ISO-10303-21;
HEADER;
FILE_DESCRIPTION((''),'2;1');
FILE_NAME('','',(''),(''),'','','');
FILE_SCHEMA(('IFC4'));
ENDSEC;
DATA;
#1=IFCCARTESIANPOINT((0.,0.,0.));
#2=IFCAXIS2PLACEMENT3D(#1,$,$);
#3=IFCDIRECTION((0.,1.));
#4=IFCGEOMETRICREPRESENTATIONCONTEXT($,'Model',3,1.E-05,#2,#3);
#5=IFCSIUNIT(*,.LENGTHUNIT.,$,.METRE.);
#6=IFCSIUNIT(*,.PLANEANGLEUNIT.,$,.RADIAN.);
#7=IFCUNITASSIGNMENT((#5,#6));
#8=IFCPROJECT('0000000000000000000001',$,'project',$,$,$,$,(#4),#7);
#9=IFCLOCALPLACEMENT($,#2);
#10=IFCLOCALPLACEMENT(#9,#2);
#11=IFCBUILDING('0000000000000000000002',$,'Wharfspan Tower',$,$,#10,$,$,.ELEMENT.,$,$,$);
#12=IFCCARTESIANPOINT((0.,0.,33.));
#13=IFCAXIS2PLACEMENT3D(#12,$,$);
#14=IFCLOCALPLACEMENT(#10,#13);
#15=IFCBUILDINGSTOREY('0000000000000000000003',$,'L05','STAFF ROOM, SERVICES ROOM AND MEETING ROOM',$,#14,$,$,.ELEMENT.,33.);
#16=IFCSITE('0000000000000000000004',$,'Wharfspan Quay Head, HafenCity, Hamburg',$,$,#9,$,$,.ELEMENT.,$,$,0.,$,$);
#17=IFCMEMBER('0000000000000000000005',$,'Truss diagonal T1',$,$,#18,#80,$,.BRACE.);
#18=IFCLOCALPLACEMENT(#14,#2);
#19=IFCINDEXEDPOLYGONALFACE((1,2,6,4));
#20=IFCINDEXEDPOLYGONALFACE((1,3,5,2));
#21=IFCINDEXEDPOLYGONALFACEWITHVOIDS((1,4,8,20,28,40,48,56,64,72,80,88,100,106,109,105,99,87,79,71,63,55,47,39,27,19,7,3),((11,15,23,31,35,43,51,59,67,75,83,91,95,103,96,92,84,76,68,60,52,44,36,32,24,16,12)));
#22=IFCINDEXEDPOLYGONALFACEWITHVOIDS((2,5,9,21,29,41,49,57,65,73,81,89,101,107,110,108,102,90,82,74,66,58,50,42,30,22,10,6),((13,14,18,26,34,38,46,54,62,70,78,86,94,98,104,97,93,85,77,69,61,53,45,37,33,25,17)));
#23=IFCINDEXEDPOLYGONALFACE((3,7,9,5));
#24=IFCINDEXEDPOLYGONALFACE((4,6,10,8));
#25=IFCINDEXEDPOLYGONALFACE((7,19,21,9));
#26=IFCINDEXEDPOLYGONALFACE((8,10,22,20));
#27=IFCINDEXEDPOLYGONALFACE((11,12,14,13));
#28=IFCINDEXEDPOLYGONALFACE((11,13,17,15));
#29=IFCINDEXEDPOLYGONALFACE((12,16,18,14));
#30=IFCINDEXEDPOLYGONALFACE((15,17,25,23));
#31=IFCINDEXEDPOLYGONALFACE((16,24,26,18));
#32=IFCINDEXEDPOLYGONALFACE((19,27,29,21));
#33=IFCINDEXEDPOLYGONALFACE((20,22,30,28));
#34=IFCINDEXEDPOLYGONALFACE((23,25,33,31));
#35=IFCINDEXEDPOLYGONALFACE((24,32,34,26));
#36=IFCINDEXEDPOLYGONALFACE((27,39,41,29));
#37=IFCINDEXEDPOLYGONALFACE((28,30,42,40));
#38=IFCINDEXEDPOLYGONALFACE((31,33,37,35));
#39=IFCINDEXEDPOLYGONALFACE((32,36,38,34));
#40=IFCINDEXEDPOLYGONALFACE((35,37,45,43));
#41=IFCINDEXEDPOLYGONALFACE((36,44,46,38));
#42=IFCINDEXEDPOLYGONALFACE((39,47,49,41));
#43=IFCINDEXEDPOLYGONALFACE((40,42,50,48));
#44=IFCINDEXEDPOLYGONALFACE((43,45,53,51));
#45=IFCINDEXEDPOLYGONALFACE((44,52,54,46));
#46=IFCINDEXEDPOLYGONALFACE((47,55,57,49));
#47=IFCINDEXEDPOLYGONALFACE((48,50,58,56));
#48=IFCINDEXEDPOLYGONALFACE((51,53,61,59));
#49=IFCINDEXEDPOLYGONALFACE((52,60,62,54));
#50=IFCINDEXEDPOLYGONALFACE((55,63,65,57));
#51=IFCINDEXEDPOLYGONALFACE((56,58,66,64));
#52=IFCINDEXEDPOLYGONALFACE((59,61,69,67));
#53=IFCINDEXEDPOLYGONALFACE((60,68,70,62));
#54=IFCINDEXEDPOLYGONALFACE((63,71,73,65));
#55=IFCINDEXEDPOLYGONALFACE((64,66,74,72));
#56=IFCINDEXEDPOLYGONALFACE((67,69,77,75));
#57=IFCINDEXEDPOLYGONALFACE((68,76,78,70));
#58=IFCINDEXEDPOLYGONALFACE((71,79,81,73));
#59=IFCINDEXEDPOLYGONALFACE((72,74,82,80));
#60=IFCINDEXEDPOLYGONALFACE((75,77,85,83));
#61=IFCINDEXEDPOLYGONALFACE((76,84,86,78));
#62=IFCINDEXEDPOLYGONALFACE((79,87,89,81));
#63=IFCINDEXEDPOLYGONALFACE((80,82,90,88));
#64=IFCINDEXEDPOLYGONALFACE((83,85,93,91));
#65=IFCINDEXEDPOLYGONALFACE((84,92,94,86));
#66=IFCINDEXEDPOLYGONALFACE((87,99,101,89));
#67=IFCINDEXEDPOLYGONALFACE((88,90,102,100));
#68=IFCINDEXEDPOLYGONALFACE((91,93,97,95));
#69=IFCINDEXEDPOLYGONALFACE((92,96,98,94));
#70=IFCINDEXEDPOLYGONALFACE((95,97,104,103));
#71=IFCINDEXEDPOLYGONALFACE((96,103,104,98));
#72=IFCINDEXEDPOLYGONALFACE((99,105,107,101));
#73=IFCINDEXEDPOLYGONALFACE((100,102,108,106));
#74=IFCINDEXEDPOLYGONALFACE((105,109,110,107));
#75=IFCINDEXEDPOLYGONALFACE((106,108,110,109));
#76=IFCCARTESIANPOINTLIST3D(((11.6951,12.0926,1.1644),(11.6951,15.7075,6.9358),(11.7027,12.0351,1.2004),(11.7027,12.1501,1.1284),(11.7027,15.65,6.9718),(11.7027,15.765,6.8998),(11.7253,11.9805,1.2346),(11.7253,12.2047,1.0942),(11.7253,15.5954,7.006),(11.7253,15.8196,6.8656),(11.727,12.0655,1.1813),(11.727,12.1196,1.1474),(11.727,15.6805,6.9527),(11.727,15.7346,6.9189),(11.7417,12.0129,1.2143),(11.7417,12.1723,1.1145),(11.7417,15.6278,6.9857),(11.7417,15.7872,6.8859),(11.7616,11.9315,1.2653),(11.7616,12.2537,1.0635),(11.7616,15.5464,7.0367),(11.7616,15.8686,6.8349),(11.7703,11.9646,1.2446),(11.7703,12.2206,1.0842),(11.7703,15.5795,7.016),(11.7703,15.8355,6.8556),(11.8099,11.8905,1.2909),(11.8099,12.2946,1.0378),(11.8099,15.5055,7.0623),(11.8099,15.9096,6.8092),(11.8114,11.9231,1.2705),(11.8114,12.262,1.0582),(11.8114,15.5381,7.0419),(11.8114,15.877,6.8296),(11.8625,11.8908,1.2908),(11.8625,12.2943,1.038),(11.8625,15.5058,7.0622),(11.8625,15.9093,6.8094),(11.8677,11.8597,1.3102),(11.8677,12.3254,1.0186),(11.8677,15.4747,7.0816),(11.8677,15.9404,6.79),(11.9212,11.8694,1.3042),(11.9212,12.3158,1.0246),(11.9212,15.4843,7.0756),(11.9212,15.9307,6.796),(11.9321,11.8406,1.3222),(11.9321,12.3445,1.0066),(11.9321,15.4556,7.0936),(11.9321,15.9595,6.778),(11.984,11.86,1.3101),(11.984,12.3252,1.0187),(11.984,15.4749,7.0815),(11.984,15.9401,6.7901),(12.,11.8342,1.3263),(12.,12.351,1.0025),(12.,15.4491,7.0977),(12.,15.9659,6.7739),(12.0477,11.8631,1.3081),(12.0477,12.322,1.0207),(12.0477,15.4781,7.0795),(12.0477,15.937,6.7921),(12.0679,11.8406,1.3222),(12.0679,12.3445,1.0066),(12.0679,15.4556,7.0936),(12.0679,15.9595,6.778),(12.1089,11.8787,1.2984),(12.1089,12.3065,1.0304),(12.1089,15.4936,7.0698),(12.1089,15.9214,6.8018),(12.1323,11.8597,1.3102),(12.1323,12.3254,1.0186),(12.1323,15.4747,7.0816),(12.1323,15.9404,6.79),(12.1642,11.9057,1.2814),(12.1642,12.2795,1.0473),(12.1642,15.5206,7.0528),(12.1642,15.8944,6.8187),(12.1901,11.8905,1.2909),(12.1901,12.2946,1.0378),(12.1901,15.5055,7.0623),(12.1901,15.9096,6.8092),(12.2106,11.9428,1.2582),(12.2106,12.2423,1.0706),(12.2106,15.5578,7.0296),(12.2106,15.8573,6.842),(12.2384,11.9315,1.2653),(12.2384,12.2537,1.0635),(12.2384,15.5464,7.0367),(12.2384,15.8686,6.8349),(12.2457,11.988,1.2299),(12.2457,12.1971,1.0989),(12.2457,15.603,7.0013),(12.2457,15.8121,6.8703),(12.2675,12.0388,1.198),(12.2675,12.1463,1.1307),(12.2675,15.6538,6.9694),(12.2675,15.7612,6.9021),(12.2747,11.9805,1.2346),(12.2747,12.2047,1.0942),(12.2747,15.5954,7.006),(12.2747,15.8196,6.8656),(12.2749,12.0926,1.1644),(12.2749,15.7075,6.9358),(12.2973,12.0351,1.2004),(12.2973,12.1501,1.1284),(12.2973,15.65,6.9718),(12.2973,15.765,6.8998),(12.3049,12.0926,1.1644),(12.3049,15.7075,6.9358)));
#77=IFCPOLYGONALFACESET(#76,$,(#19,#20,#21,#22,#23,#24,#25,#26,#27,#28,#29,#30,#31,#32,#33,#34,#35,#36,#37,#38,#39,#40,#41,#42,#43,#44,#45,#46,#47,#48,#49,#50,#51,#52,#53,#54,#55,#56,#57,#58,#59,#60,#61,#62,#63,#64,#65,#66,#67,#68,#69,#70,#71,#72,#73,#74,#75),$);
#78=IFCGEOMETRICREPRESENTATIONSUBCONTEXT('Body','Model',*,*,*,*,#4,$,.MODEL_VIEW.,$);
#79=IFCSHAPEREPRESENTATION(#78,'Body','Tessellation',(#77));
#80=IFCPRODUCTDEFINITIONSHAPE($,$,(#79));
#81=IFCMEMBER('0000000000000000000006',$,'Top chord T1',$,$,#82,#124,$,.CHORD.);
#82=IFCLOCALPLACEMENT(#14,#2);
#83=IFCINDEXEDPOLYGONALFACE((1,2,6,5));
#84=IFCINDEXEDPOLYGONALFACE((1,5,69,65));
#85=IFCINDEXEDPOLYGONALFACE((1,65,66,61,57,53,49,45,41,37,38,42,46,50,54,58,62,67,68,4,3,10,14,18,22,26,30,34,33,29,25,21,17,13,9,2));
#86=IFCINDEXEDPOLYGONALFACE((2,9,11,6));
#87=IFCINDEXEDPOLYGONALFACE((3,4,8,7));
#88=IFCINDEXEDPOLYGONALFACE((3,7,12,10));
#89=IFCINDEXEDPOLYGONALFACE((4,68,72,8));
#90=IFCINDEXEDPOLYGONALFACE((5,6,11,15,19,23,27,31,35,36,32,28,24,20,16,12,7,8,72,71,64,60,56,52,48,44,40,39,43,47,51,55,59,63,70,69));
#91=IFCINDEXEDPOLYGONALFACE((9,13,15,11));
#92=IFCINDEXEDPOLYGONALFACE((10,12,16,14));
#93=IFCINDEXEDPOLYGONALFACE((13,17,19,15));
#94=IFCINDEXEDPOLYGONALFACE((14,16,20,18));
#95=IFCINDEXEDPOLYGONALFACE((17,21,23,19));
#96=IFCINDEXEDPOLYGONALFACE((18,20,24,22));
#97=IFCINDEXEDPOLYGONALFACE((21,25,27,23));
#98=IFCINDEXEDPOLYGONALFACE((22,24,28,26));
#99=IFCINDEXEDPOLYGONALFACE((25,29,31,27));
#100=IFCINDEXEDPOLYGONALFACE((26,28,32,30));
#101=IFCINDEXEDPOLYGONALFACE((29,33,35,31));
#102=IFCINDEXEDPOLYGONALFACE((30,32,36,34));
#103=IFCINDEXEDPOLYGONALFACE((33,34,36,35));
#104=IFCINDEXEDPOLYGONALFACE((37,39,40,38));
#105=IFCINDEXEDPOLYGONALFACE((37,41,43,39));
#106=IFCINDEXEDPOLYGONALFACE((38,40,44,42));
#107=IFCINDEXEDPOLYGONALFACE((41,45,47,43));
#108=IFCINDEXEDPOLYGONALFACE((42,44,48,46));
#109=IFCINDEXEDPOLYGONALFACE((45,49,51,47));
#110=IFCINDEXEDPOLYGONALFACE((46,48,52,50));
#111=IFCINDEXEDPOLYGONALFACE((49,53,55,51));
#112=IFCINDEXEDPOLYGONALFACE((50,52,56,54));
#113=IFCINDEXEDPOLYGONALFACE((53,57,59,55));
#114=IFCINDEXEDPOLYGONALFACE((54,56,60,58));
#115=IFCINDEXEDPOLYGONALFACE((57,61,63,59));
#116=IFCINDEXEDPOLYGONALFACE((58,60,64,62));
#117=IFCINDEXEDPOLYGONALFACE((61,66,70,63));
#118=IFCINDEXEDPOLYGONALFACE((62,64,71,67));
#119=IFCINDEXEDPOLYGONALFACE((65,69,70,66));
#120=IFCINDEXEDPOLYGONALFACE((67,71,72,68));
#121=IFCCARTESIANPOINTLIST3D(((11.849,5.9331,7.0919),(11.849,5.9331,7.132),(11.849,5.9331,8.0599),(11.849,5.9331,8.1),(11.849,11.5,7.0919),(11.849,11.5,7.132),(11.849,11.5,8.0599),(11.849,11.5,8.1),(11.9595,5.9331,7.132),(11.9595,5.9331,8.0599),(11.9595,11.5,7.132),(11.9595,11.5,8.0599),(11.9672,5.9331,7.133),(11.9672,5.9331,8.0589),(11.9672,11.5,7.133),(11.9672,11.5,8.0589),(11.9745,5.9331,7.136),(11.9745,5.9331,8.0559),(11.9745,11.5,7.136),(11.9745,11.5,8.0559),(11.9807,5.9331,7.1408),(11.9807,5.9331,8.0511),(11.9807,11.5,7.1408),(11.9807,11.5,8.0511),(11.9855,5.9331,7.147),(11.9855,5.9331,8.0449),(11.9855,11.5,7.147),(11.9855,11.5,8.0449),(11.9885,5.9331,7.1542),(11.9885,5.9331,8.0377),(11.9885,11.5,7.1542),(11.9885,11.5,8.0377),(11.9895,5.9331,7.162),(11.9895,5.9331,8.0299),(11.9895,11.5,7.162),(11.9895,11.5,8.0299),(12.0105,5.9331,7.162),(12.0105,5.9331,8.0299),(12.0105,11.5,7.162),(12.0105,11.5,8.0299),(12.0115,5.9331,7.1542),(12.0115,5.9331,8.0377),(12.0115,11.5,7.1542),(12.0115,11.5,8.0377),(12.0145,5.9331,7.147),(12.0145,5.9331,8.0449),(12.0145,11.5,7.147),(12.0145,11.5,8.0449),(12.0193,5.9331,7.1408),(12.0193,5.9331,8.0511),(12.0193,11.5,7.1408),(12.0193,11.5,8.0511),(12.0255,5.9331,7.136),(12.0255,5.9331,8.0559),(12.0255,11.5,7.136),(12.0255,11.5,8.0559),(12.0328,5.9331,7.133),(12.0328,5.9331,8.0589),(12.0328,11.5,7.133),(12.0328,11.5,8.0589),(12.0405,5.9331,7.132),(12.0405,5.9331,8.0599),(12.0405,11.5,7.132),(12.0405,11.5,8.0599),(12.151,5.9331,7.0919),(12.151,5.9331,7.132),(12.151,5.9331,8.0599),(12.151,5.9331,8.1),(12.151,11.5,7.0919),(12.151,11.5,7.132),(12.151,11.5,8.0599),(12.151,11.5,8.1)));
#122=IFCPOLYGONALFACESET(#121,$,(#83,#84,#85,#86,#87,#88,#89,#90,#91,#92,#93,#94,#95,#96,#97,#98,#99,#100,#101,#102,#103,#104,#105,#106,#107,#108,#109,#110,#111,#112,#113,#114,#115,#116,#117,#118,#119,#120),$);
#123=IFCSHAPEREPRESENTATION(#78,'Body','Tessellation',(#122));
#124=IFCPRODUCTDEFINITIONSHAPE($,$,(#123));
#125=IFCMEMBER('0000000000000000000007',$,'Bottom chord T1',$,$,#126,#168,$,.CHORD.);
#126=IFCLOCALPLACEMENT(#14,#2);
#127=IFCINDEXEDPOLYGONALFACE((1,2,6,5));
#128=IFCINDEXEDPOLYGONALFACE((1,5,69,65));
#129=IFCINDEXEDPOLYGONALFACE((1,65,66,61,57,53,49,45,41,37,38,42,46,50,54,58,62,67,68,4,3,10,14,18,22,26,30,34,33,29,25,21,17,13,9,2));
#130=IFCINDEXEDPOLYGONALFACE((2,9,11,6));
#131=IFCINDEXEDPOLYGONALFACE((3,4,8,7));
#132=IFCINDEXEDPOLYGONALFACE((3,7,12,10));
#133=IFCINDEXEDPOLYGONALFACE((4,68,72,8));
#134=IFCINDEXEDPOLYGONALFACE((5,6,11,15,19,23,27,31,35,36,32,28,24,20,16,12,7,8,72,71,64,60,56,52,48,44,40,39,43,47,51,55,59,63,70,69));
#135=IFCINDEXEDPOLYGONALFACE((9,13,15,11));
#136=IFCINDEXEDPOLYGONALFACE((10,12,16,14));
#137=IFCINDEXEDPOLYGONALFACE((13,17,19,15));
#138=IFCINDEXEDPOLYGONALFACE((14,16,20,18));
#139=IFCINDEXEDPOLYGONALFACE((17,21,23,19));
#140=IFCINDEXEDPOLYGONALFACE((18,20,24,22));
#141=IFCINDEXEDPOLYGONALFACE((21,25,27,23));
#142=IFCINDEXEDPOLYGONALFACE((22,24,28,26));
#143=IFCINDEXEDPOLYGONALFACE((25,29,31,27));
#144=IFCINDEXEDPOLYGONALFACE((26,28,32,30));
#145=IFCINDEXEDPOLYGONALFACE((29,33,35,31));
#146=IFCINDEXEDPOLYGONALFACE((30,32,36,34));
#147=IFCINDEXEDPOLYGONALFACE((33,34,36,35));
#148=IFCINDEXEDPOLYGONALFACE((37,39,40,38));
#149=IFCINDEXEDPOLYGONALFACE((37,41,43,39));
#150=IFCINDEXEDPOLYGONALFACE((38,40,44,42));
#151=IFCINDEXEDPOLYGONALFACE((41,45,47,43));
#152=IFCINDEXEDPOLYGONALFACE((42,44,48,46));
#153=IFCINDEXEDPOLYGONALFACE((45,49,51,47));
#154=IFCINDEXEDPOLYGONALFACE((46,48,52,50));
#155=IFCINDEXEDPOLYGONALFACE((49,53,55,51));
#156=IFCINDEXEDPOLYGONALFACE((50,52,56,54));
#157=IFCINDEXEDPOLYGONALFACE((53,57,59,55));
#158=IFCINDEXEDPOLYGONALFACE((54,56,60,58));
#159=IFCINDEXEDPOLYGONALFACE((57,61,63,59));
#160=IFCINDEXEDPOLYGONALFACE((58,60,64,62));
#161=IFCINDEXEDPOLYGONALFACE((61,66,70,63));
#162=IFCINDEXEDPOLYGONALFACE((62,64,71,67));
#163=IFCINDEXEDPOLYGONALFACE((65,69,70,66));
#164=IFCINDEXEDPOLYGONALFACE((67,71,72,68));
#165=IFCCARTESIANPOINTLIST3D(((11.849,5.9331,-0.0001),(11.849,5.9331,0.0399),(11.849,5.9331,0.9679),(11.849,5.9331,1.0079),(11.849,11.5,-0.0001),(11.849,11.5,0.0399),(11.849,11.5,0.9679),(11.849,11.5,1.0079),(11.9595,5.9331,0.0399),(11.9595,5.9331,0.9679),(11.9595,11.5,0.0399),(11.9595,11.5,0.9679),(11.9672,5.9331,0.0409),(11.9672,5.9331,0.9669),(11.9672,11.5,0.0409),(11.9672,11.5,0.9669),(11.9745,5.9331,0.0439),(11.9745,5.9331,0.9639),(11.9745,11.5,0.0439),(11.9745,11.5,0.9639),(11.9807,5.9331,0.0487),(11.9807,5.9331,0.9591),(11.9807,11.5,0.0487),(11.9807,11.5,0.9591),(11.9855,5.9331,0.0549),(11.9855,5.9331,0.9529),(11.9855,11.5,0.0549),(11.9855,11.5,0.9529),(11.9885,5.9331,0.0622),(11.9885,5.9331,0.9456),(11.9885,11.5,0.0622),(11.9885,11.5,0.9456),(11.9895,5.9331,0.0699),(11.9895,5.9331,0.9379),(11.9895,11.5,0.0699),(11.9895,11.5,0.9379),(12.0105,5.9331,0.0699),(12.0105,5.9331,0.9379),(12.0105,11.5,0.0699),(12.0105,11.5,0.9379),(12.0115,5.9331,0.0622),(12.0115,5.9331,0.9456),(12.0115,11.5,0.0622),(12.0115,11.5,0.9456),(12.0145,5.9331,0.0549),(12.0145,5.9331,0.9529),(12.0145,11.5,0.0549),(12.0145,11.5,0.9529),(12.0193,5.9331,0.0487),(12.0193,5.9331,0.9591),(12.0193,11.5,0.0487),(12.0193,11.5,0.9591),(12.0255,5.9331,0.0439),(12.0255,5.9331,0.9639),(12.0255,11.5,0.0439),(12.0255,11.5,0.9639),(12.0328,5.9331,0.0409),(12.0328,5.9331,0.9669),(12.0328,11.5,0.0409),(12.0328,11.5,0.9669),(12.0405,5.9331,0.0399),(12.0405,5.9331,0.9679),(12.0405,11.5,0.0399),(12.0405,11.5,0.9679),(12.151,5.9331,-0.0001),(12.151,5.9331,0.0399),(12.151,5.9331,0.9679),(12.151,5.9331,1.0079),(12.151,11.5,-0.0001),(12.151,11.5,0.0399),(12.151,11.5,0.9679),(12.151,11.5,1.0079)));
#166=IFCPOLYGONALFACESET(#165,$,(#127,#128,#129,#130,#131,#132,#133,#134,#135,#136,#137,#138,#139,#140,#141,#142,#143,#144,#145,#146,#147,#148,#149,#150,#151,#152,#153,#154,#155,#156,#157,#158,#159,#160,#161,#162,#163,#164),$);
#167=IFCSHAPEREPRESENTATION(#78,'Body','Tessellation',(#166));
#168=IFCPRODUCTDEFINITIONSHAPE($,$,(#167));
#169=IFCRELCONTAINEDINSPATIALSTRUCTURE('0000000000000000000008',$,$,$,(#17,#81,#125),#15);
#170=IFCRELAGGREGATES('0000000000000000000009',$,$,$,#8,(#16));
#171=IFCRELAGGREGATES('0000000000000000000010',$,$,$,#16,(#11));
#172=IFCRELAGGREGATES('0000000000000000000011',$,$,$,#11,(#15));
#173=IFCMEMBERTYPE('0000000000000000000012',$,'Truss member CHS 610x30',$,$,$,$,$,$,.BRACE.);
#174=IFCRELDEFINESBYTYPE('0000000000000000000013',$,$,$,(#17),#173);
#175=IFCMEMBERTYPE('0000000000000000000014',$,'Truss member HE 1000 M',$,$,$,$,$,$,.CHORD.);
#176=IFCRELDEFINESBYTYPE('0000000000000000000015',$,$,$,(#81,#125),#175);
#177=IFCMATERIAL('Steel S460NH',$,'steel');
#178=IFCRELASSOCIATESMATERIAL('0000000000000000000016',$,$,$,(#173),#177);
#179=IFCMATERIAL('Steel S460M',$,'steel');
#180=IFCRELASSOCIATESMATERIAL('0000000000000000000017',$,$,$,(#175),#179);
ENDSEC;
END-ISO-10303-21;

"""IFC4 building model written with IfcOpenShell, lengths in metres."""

from ifc_helpers import new_model, si_unit, direction, frame, origin, origin_2d, place, context, subcontext, project, spatial, hollow_circle, i_section, extrude, material, material_profile, profile_set, type_object, element, save


model = new_model("IFC4")

# Units and contexts
model_context = context("Model", 3, precision=1e-05, world=origin(), true_north=direction((0.0, 1.0)))
body_context = subcontext(model_context, "Body", "Model", "MODEL_VIEW")
ifc_project = project(units=[si_unit("LENGTHUNIT", "METRE"), si_unit("PLANEANGLEUNIT", "RADIAN")], contexts=[model_context])

# Site, building, storey
site_placement = place(None, origin())
site = spatial("IfcSite", under=ifc_project, at=site_placement, Name="Wharfspan Quay Head, HafenCity, Hamburg", CompositionType="ELEMENT", RefElevation=0.0)
building_placement = place(site_placement, origin())
building = spatial("IfcBuilding", under=site, at=building_placement, Name="Wharfspan Tower", CompositionType="ELEMENT")
storey_placement = place(building_placement, frame((0.0, 0.0, 33.0)))
storey = spatial("IfcBuildingStorey", under=building, at=storey_placement, Name="L05", Description="STAFF ROOM, SERVICES ROOM AND MEETING ROOM", CompositionType="ELEMENT", Elevation=33.0)

# Members
ifc_material_1 = material(Name="Steel S460NH", Category="steel")
ifc_material_profile_1 = material_profile(ifc_material_1, hollow_circle(Radius=0.3049, WallThickness=0.03, at=origin_2d()))
ifc_profile_set_1 = profile_set([ifc_material_profile_1], Name="Steel S460NH")
member_type_1 = type_object("IfcMemberType", Name="Truss member CHS 610x30", PredefinedType="BRACE", material=ifc_profile_set_1)
member_1_placement = place(storey_placement, frame((12.0, 15.7075, 6.9358), z_axis=(0.0, -0.530824, -0.847482), x_axis=(1.0, 0.0, 0.0)))
element("IfcMember", 1, at=member_1_placement, inside=storey, type_object=member_type_1, Name="Truss diagonal T1", PredefinedType="BRACE", context=body_context, shape_type="SweptSolid", body=[
    extrude(hollow_circle(Radius=0.3049, WallThickness=0.03, at=origin_2d()), origin(), (0.0, 0.0, 1.0), 6.8101),
])
ifc_material_2 = material(Name="Steel S460M", Category="steel")
ifc_material_profile_2 = material_profile(ifc_material_2, i_section(OverallWidth=0.302, OverallDepth=1.0081, WebThickness=0.021, FlangeThickness=0.04, FilletRadius=0.03, at=origin_2d()))
ifc_profile_set_2 = profile_set([ifc_material_profile_2], Name="Steel S460M")
member_type_2 = type_object("IfcMemberType", Name="Truss member HE 1000 M", PredefinedType="CHORD", material=ifc_profile_set_2)
for number, where, z_axis, x_axis, name in (
    (2, (12.0, 5.9331, 7.5959), (0.0, 1.0, 0.0), (-1.0, 0.0, 0.0), "Top chord T1"),
    (3, (12.0, 5.9331, 0.5039), (0.0, 1.0, 0.0), (-1.0, 0.0, 0.0), "Bottom chord T1"),
):
    element("IfcMember", number, at=place(storey_placement, frame(where, z_axis=z_axis, x_axis=x_axis)), inside=storey, type_object=member_type_2, Name=name, PredefinedType="CHORD", context=body_context, shape_type="SweptSolid", body=[
        extrude(i_section(OverallWidth=0.302, OverallDepth=1.0081, WebThickness=0.021, FlangeThickness=0.04, FilletRadius=0.03, at=origin_2d()), origin(), (0.0, 0.0, 1.0), 5.5669),
    ])

save(model, "model.ifc")
